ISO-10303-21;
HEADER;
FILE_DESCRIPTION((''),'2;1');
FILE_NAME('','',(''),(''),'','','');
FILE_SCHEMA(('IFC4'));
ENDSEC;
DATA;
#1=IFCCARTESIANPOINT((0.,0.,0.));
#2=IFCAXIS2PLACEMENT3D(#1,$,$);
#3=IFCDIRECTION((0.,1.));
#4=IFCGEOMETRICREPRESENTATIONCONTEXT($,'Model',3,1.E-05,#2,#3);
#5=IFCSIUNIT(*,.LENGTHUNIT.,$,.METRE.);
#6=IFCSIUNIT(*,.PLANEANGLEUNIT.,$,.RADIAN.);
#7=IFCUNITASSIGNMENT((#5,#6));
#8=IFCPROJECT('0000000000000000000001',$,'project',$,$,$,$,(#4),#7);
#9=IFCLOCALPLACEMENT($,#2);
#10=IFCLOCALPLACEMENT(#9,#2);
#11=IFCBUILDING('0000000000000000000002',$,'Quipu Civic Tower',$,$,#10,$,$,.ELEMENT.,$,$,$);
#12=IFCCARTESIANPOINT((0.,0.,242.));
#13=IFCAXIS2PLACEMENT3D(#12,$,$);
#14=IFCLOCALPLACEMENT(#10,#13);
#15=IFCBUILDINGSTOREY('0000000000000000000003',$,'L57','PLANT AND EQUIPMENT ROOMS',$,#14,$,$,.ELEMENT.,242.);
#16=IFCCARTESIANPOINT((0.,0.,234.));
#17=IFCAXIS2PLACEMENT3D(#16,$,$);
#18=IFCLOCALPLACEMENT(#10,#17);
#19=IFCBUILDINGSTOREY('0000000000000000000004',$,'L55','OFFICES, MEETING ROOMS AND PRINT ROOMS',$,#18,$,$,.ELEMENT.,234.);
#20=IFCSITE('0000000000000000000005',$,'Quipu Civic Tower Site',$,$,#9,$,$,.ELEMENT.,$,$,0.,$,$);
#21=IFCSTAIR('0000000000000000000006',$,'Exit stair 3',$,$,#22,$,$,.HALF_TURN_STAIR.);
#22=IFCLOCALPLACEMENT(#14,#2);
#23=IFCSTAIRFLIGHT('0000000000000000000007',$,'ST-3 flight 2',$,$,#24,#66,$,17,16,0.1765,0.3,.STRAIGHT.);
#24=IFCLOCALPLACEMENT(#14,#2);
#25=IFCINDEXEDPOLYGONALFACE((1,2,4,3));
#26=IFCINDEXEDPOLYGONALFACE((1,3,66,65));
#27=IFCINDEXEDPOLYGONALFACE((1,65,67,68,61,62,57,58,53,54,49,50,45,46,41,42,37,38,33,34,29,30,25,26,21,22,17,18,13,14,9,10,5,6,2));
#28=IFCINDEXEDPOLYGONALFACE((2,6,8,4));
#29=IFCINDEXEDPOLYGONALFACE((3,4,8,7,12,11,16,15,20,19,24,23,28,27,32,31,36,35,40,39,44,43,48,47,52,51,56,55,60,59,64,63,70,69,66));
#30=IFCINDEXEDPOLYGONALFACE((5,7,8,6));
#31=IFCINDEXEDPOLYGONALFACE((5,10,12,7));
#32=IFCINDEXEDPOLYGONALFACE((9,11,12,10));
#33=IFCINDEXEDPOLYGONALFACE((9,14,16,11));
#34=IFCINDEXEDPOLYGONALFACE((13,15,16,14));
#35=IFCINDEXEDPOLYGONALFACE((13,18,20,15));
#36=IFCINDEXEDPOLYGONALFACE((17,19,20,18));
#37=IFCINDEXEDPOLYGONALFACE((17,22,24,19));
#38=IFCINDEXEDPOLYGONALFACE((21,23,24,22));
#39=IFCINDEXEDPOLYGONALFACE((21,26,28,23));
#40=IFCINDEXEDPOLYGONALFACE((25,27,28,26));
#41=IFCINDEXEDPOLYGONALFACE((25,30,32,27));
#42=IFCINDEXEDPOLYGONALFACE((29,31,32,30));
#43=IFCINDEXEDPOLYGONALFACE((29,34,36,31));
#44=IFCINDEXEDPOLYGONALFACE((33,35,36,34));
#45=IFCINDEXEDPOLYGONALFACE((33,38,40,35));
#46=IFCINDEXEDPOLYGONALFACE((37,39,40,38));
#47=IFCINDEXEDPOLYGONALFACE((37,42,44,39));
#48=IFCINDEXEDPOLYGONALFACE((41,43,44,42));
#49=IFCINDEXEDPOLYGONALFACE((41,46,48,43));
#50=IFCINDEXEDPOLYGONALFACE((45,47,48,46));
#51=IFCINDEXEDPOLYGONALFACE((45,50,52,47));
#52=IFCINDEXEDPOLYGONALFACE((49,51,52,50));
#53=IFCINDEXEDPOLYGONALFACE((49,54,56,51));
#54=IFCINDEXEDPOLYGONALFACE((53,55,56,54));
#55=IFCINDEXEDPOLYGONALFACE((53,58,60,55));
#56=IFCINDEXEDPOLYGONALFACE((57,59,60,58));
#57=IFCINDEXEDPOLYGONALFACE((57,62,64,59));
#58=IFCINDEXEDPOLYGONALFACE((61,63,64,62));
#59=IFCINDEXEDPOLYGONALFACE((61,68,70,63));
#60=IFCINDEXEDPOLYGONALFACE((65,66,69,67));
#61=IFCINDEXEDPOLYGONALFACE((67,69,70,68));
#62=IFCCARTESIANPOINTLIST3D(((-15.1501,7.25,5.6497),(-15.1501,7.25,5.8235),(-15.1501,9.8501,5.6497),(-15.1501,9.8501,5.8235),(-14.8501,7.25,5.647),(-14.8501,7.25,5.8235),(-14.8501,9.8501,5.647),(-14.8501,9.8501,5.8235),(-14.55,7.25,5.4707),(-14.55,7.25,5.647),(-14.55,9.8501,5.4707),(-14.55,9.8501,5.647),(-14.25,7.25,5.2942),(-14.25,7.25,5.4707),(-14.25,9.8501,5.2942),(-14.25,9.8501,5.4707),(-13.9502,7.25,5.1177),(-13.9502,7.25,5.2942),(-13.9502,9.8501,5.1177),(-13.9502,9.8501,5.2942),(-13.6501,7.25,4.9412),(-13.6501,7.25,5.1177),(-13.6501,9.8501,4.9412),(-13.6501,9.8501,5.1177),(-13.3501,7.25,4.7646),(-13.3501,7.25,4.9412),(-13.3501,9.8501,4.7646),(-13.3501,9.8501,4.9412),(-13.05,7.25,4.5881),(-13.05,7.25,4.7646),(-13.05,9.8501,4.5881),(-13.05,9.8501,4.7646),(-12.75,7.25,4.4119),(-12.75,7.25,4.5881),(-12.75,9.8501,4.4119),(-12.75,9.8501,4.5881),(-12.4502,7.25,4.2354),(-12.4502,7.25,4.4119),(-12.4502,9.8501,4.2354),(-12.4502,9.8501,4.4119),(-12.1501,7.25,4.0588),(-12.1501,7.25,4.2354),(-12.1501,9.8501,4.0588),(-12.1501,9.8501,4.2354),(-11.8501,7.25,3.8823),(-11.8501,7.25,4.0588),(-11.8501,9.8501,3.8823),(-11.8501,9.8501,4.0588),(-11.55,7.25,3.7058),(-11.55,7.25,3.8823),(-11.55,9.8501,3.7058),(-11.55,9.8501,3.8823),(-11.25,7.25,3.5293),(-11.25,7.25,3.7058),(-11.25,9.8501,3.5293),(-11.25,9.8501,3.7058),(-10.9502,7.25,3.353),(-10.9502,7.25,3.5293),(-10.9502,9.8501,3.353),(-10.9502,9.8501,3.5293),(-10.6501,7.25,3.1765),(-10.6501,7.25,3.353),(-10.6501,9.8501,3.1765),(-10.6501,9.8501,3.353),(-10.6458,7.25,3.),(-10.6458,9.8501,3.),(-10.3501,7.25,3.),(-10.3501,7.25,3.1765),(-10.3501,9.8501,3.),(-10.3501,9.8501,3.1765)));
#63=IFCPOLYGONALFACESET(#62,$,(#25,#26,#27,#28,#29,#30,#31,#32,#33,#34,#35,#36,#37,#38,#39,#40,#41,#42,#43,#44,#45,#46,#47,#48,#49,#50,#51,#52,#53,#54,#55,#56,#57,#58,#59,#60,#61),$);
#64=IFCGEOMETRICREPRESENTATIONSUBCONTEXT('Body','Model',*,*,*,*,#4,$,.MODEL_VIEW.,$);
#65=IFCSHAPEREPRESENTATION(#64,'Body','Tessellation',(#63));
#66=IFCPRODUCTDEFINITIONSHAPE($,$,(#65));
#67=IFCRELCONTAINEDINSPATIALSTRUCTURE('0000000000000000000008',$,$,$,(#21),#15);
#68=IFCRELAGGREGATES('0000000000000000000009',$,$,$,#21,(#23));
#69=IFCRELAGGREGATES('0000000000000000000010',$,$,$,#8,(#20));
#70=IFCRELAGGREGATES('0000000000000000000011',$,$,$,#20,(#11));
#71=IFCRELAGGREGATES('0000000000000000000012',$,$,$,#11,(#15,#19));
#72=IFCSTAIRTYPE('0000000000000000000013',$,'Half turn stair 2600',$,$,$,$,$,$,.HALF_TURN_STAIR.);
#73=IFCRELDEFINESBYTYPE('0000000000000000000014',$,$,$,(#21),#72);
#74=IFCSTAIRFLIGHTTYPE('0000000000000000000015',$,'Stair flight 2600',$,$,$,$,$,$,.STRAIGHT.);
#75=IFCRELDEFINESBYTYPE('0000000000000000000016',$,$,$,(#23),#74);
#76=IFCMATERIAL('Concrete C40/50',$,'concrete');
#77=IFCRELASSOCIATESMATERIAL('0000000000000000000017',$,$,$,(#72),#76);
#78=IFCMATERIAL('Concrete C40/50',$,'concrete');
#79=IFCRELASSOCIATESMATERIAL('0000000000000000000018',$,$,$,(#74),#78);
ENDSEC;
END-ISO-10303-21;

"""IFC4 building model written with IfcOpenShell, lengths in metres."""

from ifc_helpers import new_model, si_unit, direction, frame, origin, place, context, subcontext, project, spatial, polyline, outline, extrude, material, type_object, element, aggregate, save


model = new_model("IFC4")

# Units and contexts
model_context = context("Model", 3, precision=1e-05, world=origin(), true_north=direction((0.0, 1.0)))
body_context = subcontext(model_context, "Body", "Model", "MODEL_VIEW")
ifc_project = project(units=[si_unit("LENGTHUNIT", "METRE"), si_unit("PLANEANGLEUNIT", "RADIAN")], contexts=[model_context])

# Site, building, storey
site_placement = place(None, origin())
site = spatial("IfcSite", under=ifc_project, at=site_placement, Name="Quipu Civic Tower Site", CompositionType="ELEMENT", RefElevation=0.0)
building_placement = place(site_placement, origin())
building = spatial("IfcBuilding", under=site, at=building_placement, Name="Quipu Civic Tower", CompositionType="ELEMENT")
storey_1_placement = place(building_placement, frame((0.0, 0.0, 242.0)))
storey_1 = spatial("IfcBuildingStorey", under=building, at=storey_1_placement, Name="L57", Description="PLANT AND EQUIPMENT ROOMS", CompositionType="ELEMENT", Elevation=242.0)

# Shared definitions
storey_2_placement = place(building_placement, frame((0.0, 0.0, 234.0)))
storey_2 = spatial("IfcBuildingStorey", under=building, at=storey_2_placement, Name="L55", Description="OFFICES, MEETING ROOMS AND PRINT ROOMS", CompositionType="ELEMENT", Elevation=234.0)

# Stair, stair flight
ifc_material_1 = material(Name="Concrete C40/50", Category="concrete")
stair_type = type_object("IfcStairType", Name="Half turn stair 2600", PredefinedType="HALF_TURN_STAIR", material=ifc_material_1)
stair_placement = place(storey_1_placement, origin())
stair = element("IfcStair", 1, at=stair_placement, inside=storey_1, type_object=stair_type, Name="Exit stair 3", PredefinedType="HALF_TURN_STAIR")
ifc_material_2 = material(Name="Concrete C40/50", Category="concrete")
stair_flight_type = type_object("IfcStairFlightType", Name="Stair flight 2600", PredefinedType="STRAIGHT", material=ifc_material_2)
stair_flight_placement = place(storey_1_placement, frame((-10.3501, 8.55, 3.0), z_axis=(0.0, 0.0, 1.0), x_axis=(-1.0, 0.0, 0.0)))
stair_flight = element("IfcStairFlight", 2, at=stair_flight_placement, type_object=stair_flight_type, Name="ST-3 flight 2", NumberOfRisers=17, NumberOfTreads=16, PredefinedType="STRAIGHT", RiserHeight=0.1765, TreadLength=0.3, context=body_context, shape_type="SweptSolid", body=[
    extrude(outline(polyline([(0.0, 0.0), (0.0, 0.1765), (0.3, 0.1765), (0.3, 0.353), (0.6001, 0.353), (0.6001, 0.5293), (0.8999, 0.5293), (0.8999, 0.7058), (1.2, 0.7058), (1.2, 0.8823), (1.5, 0.8823), (1.5, 1.0588), (1.8, 1.0588), (1.8, 1.2354), (2.1001, 1.2354), (2.1001, 1.4119), (2.3999, 1.4119), (2.3999, 1.5881), (2.7, 1.5881), (2.7, 1.7646), (3.0, 1.7646), (3.0, 1.9412), (3.3, 1.9412), (3.3, 2.1177), (3.6001, 2.1177), (3.6001, 2.2942), (3.8999, 2.2942), (3.8999, 2.4707), (4.2, 2.4707), (4.2, 2.647), (4.5, 2.647), (4.5, 2.8235), (4.8, 2.8235), (4.8, 3.0), (4.8, 2.6497), (0.2957, 0.0), (0.0, 0.0)])), frame((0.0, 1.3, 0.0), z_axis=(0.0, -1.0, 0.0), x_axis=(1.0, 0.0, 0.0)), (0.0, 0.0, 1.0), 2.6001),
])
aggregate(stair, [stair_flight])

save(model, "model.ifc")
